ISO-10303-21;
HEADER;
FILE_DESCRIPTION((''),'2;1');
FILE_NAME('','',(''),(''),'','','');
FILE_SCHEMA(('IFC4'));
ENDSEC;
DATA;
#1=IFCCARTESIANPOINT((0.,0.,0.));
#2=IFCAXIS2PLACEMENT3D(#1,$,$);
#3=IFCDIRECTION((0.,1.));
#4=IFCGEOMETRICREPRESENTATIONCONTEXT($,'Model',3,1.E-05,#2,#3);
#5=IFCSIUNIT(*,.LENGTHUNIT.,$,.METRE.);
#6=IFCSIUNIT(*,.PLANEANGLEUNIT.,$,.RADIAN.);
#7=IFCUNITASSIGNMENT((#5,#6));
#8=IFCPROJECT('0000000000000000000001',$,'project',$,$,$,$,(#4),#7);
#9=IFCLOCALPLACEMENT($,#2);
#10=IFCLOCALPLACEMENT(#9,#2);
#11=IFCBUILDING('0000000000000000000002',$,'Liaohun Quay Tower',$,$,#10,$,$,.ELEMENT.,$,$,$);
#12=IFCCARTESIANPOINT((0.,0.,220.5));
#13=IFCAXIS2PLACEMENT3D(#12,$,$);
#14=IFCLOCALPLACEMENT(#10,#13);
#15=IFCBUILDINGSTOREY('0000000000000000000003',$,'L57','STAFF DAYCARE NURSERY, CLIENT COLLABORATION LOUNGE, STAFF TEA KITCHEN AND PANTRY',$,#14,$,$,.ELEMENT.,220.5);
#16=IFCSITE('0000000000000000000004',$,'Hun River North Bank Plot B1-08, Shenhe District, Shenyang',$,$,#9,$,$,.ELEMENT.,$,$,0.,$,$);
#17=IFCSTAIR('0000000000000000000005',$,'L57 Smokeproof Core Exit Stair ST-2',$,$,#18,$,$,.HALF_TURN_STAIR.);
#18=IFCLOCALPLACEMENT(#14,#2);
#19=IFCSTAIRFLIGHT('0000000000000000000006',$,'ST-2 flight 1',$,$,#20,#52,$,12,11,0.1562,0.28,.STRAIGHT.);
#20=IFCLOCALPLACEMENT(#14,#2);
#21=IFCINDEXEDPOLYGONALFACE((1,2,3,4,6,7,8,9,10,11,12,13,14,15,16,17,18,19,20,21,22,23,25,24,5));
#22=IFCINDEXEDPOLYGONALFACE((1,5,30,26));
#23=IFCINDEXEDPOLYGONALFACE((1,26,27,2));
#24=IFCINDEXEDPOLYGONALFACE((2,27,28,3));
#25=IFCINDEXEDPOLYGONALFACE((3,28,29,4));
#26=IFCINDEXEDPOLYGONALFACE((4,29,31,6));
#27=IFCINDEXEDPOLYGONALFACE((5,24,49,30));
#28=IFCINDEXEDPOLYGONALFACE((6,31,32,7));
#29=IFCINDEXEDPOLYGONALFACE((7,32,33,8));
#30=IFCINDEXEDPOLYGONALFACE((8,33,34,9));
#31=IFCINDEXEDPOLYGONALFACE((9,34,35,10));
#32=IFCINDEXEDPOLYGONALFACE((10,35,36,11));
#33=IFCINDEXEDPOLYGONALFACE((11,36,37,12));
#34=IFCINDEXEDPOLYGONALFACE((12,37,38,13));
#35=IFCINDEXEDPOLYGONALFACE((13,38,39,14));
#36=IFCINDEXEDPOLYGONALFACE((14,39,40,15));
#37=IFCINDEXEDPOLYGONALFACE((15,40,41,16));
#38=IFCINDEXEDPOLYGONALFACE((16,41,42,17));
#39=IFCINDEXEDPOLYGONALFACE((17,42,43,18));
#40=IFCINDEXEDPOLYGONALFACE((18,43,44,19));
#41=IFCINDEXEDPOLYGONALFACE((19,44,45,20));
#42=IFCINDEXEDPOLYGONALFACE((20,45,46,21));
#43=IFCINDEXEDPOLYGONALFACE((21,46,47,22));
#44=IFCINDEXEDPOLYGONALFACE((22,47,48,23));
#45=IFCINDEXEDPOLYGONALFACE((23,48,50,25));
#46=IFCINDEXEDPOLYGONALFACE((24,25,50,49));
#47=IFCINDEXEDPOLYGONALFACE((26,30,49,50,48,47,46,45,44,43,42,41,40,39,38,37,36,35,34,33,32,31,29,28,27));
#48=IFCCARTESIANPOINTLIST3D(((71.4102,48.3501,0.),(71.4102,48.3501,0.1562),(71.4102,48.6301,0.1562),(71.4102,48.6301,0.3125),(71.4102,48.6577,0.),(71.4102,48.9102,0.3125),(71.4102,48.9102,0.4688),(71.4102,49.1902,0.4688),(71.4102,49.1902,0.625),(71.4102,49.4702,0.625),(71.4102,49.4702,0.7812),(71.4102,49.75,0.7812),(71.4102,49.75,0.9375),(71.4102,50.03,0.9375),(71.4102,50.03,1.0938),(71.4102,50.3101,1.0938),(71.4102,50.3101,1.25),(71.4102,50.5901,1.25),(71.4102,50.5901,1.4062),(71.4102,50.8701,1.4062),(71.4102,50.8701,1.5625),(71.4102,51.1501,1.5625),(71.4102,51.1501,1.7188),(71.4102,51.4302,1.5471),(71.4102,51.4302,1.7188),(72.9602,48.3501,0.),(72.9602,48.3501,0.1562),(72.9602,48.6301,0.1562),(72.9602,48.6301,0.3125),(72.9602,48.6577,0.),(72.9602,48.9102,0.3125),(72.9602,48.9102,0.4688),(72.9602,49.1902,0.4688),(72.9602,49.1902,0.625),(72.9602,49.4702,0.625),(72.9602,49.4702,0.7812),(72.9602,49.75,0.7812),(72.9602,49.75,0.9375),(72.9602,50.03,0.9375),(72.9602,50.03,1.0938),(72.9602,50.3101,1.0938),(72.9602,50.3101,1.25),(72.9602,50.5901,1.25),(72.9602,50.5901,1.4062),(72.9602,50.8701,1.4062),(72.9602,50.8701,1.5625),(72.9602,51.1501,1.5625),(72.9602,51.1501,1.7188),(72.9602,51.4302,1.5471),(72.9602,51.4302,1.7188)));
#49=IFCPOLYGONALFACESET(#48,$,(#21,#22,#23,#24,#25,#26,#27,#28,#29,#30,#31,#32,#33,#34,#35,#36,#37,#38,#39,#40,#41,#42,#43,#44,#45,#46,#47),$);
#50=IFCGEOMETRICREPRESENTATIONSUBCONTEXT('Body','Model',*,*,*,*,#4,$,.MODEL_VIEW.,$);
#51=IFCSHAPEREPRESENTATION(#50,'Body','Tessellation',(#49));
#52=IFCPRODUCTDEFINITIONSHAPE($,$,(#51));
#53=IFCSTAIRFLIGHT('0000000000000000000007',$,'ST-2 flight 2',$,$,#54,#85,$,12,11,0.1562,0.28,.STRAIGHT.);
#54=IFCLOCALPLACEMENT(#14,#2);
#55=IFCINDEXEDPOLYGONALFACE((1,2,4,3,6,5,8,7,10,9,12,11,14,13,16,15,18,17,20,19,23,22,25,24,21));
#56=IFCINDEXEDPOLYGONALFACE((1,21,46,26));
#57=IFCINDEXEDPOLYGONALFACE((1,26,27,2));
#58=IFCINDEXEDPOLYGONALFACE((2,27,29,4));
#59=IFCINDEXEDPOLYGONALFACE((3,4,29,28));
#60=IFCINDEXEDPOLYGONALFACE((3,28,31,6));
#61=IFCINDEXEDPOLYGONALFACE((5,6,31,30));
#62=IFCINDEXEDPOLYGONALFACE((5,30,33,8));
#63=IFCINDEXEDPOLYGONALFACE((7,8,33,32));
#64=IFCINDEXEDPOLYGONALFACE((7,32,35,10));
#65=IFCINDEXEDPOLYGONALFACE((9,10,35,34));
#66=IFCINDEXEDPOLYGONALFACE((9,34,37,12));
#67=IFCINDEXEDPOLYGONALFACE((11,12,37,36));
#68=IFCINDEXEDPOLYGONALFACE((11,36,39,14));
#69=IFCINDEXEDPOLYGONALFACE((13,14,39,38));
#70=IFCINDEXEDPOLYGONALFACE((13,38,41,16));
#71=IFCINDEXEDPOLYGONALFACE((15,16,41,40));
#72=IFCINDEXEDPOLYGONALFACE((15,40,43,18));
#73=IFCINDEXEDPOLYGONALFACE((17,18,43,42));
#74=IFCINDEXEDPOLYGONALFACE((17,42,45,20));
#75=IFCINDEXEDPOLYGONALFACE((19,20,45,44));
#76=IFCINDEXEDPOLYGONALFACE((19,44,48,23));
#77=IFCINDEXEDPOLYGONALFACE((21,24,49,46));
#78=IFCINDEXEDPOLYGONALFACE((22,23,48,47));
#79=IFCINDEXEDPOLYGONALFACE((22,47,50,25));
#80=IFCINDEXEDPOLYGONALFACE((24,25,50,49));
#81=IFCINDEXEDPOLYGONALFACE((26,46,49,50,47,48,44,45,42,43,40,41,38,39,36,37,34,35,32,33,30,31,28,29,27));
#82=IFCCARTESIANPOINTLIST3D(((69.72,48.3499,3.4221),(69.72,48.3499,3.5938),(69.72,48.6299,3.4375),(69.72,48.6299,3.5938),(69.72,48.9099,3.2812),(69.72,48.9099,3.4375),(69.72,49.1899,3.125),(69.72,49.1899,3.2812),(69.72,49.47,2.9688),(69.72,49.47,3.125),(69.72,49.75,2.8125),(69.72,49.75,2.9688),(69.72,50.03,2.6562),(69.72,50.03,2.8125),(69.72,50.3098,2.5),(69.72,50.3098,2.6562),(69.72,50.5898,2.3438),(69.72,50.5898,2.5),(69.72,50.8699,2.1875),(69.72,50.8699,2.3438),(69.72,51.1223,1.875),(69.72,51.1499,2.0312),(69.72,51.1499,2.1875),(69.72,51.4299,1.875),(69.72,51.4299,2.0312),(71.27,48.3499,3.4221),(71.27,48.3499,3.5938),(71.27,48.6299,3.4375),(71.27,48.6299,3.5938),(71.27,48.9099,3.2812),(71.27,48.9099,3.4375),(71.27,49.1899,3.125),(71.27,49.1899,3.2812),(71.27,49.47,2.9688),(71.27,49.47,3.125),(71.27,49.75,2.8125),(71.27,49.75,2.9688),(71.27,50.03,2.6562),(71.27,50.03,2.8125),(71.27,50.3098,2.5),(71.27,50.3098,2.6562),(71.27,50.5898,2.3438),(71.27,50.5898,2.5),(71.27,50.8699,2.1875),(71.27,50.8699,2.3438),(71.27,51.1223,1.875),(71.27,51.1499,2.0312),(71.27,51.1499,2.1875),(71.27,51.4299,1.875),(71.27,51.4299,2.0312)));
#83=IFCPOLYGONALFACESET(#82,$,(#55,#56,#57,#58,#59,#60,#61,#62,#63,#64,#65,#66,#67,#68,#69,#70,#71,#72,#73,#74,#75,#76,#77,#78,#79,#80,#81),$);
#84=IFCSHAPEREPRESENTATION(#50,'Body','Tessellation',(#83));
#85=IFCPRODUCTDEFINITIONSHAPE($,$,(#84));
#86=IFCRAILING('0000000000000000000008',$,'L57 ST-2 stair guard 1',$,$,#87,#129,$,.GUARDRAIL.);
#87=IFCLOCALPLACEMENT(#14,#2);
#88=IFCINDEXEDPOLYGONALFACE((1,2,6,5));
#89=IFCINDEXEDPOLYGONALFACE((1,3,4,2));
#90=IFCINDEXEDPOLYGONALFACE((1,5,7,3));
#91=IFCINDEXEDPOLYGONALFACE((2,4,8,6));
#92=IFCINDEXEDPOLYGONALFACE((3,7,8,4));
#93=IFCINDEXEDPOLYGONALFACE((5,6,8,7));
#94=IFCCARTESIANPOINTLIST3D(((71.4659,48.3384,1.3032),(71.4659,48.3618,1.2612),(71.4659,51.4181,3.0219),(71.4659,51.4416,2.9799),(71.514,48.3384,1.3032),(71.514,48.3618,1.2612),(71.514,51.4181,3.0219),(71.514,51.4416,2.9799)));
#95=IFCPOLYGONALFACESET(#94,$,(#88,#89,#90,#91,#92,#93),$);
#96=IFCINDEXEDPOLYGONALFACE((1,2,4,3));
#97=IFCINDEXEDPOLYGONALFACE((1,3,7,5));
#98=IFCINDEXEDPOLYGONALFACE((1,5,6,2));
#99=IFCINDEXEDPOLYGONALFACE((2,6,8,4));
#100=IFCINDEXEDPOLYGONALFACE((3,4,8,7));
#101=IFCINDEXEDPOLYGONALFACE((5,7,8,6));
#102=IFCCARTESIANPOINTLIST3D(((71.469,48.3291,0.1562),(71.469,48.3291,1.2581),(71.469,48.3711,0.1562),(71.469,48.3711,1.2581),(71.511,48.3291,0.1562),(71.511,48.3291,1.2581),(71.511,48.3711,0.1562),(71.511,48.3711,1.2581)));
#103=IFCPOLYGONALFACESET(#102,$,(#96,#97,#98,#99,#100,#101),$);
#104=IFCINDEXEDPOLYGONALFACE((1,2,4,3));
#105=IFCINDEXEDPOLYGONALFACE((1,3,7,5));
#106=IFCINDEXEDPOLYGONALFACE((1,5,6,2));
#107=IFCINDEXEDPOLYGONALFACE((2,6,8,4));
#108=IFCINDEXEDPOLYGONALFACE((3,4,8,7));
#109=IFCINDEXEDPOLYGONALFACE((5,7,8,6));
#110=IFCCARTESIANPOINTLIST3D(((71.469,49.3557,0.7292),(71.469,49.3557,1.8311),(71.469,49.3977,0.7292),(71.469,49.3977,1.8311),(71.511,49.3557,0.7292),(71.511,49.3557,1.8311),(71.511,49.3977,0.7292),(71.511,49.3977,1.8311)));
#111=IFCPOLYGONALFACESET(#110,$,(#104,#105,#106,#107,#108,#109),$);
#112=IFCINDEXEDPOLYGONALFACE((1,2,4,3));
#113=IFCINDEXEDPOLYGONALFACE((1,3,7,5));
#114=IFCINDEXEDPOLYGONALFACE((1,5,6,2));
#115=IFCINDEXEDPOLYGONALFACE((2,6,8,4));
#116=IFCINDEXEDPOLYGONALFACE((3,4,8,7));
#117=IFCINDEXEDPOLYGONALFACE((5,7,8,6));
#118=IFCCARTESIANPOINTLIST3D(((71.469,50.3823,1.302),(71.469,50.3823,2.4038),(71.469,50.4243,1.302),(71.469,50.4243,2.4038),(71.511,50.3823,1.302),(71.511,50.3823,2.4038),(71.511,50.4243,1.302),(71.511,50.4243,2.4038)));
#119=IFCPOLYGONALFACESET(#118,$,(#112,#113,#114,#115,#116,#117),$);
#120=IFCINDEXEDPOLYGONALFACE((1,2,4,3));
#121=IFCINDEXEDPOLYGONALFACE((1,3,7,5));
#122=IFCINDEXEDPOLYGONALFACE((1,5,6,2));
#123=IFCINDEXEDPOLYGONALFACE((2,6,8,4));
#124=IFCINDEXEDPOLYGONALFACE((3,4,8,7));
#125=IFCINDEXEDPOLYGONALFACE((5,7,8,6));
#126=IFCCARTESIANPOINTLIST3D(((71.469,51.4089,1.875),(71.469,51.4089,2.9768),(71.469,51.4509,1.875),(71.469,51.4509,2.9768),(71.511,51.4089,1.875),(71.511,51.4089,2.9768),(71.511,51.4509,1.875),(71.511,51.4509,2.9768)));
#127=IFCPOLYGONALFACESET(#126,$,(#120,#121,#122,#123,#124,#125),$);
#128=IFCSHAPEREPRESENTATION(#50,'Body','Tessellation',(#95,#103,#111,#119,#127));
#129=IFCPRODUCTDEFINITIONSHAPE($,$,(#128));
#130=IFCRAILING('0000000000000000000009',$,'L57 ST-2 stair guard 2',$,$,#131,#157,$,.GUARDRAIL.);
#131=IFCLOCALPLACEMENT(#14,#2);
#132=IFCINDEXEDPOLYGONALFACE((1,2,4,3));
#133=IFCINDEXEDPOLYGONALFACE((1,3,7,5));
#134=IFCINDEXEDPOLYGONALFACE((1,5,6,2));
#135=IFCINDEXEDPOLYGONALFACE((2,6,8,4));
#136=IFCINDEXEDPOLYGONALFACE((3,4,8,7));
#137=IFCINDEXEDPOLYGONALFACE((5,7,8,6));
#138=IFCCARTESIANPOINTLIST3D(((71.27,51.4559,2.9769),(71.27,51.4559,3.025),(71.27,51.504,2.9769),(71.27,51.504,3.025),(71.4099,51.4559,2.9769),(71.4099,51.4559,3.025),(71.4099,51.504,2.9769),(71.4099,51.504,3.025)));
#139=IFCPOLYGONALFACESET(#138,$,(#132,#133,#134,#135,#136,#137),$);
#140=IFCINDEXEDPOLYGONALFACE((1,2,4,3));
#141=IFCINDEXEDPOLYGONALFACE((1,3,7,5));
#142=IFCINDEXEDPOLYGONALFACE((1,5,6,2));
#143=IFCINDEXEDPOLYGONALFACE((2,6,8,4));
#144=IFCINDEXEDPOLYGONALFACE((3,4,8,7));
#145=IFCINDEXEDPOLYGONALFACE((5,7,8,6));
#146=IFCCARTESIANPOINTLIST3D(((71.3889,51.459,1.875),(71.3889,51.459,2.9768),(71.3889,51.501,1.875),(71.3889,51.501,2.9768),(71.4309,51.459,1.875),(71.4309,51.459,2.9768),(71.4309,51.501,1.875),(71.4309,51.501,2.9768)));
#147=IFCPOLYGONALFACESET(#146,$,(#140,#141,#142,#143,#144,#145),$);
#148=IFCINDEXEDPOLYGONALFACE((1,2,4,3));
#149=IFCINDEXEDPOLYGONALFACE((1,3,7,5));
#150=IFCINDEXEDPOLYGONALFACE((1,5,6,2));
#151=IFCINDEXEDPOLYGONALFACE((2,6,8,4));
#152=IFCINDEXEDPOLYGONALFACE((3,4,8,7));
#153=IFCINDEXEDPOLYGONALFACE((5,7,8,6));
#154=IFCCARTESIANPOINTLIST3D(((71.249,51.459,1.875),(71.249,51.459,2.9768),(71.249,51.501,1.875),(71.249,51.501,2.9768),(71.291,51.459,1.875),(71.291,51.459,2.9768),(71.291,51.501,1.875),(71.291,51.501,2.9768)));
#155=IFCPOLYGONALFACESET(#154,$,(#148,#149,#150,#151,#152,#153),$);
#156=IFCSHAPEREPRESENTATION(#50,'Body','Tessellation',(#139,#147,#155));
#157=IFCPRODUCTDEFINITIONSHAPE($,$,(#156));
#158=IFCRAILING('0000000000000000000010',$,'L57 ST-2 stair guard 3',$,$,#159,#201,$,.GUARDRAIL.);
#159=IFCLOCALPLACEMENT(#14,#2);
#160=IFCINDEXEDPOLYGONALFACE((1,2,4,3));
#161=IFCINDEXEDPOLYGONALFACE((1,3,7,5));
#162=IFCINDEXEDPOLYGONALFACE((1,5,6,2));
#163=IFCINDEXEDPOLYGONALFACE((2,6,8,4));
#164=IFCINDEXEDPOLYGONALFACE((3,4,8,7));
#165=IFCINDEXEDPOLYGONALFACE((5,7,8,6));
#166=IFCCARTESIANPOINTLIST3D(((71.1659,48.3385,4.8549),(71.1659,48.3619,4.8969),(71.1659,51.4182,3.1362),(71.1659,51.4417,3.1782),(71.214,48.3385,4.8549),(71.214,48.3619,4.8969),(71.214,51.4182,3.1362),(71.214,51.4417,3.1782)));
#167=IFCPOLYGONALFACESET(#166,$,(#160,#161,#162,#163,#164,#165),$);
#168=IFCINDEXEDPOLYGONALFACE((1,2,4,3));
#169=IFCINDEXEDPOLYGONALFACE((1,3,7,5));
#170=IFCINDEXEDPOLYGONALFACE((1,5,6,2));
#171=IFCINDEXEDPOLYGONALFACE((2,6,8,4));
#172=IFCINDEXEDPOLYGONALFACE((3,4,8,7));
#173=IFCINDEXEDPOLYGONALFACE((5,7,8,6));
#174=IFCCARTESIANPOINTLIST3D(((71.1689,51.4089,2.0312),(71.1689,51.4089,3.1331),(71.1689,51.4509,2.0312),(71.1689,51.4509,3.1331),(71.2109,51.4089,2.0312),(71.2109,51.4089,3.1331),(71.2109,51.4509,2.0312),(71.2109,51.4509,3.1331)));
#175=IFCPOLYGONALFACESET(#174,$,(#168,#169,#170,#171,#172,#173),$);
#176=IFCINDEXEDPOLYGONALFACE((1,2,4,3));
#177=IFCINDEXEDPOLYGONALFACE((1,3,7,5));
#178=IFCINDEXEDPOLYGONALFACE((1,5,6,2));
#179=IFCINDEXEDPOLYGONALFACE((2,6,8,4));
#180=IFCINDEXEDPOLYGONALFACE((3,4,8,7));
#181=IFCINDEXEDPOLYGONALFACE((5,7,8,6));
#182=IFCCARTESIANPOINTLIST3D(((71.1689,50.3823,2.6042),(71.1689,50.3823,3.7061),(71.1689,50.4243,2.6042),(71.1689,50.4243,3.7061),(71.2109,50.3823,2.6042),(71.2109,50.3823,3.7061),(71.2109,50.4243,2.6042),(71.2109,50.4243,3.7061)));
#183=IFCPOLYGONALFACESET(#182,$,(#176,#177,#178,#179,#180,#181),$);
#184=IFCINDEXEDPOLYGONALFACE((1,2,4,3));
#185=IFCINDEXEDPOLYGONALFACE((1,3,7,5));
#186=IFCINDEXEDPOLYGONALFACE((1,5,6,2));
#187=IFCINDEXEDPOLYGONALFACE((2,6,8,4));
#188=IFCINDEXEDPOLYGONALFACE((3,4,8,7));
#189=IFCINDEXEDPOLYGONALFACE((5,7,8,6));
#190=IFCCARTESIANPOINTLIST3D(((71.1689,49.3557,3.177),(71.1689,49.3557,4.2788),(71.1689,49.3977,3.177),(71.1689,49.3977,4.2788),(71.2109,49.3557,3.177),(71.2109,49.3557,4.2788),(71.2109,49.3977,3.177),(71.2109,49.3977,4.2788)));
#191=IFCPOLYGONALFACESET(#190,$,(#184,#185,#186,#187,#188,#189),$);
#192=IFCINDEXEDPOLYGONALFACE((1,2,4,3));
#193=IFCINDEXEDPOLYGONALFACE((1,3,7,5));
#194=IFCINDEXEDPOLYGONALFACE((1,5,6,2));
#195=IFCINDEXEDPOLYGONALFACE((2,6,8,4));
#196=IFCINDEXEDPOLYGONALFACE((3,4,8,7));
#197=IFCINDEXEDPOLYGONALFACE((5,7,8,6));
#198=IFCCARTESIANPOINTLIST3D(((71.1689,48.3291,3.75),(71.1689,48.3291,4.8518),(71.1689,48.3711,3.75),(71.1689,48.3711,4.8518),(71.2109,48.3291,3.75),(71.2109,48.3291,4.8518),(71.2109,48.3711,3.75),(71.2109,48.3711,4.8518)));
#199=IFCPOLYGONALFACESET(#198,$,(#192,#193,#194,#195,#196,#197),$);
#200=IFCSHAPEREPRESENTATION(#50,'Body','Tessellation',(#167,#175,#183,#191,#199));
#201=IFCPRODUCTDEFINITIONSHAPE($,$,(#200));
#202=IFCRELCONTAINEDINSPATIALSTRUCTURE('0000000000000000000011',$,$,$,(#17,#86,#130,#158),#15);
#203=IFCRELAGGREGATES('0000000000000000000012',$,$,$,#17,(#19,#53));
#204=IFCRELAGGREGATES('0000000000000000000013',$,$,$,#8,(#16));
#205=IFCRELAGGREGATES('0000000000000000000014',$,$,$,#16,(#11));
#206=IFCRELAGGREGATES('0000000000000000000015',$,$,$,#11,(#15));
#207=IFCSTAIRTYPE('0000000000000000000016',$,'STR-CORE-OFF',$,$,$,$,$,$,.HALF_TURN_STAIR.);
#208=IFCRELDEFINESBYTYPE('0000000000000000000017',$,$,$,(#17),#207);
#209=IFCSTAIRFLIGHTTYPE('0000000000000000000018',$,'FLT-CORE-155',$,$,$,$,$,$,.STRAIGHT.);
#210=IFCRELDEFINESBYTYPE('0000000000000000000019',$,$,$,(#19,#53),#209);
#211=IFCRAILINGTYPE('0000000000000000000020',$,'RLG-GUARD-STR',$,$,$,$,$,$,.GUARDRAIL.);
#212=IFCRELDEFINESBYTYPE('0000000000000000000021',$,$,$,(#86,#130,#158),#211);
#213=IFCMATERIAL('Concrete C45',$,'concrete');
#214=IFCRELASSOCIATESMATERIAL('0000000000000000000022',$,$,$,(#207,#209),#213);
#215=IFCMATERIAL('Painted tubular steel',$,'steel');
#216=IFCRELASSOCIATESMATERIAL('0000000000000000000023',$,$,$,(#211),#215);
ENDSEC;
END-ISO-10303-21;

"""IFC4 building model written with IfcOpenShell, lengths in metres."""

from ifc_helpers import new_model, si_unit, direction, frame, origin, origin_2d, place, context, subcontext, project, spatial, polyline, rectangle, outline, extrude, material, type_object, element, aggregate, save


model = new_model("IFC4")

# Units and contexts
model_context = context("Model", 3, precision=1e-05, world=origin(), true_north=direction((0.0, 1.0)))
body_context = subcontext(model_context, "Body", "Model", "MODEL_VIEW")
ifc_project = project(units=[si_unit("LENGTHUNIT", "METRE"), si_unit("PLANEANGLEUNIT", "RADIAN")], contexts=[model_context])

# Site, building, storey
site_placement = place(None, origin())
site = spatial("IfcSite", under=ifc_project, at=site_placement, Name="Hun River North Bank Plot B1-08, Shenhe District, Shenyang", CompositionType="ELEMENT", RefElevation=0.0)
building_placement = place(site_placement, origin())
building = spatial("IfcBuilding", under=site, at=building_placement, Name="Liaohun Quay Tower", CompositionType="ELEMENT")
storey_placement = place(building_placement, frame((0.0, 0.0, 220.5)))
storey = spatial("IfcBuildingStorey", under=building, at=storey_placement, Name="L57", Description="STAFF DAYCARE NURSERY, CLIENT COLLABORATION LOUNGE, STAFF TEA KITCHEN AND PANTRY", CompositionType="ELEMENT", Elevation=220.5)

# Stair, stair flights
ifc_material_1 = material(Name="Concrete C45", Category="concrete")
stair_type = type_object("IfcStairType", Name="STR-CORE-OFF", PredefinedType="HALF_TURN_STAIR", material=ifc_material_1)
stair_placement = place(storey_placement, origin())
stair = element("IfcStair", 1, at=stair_placement, inside=storey, type_object=stair_type, Name="L57 Smokeproof Core Exit Stair ST-2", PredefinedType="HALF_TURN_STAIR")
stair_flight_type = type_object("IfcStairFlightType", Name="FLT-CORE-155", PredefinedType="STRAIGHT", material=ifc_material_1)
stair_flight_1_placement = place(storey_placement, frame((72.1851, 48.3501, 0.0), z_axis=(0.0, 0.0, 1.0), x_axis=(0.0, 1.0, 0.0)))
stair_flight_1 = element("IfcStairFlight", 2, at=stair_flight_1_placement, type_object=stair_flight_type, Name="ST-2 flight 1", NumberOfRisers=12, NumberOfTreads=11, PredefinedType="STRAIGHT", RiserHeight=0.1562, TreadLength=0.28, context=body_context, shape_type="SweptSolid", body=[
    extrude(outline(polyline([(0.0, 0.0), (0.0, 0.1562), (0.28, 0.1562), (0.28, 0.3125), (0.5601, 0.3125), (0.5601, 0.4688), (0.8401, 0.4688), (0.8401, 0.625), (1.1201, 0.625), (1.1201, 0.7812), (1.3999, 0.7812), (1.3999, 0.9375), (1.6799, 0.9375), (1.6799, 1.0938), (1.96, 1.0938), (1.96, 1.25), (2.24, 1.25), (2.24, 1.4062), (2.52, 1.4062), (2.52, 1.5625), (2.8, 1.5625), (2.8, 1.7188), (3.0801, 1.7188), (3.0801, 1.875), (3.0801, 1.5471), (0.3076, 0.0), (0.0, 0.0)])), frame((0.0, 0.7749, 0.0), z_axis=(0.0, -1.0, 0.0), x_axis=(1.0, 0.0, 0.0)), (0.0, 0.0, 1.0), 1.55),
])
stair_flight_2_placement = place(storey_placement, frame((70.4951, 51.4299, 1.875), z_axis=(0.0, 0.0, 1.0), x_axis=(0.0, -1.0, 0.0)))
stair_flight_2 = element("IfcStairFlight", 3, at=stair_flight_2_placement, type_object=stair_flight_type, Name="ST-2 flight 2", NumberOfRisers=12, NumberOfTreads=11, PredefinedType="STRAIGHT", RiserHeight=0.1562, TreadLength=0.28, context=body_context, shape_type="SweptSolid", body=[
    extrude(outline(polyline([(0.0, 0.0), (0.0, 0.1562), (0.28, 0.1562), (0.28, 0.3125), (0.5601, 0.3125), (0.5601, 0.4688), (0.8401, 0.4688), (0.8401, 0.625), (1.1201, 0.625), (1.1201, 0.7812), (1.3999, 0.7812), (1.3999, 0.9375), (1.6799, 0.9375), (1.6799, 1.0938), (1.96, 1.0938), (1.96, 1.25), (2.24, 1.25), (2.24, 1.4062), (2.52, 1.4062), (2.52, 1.5625), (2.8, 1.5625), (2.8, 1.7188), (3.0801, 1.7188), (3.0801, 1.875), (3.0801, 1.5471), (0.3076, 0.0), (0.0, 0.0)])), frame((0.0, 0.7749, 0.0), z_axis=(0.0, -1.0, 0.0), x_axis=(1.0, 0.0, 0.0)), (0.0, 0.0, 1.0), 1.55),
])
aggregate(stair, [stair_flight_1, stair_flight_2])

# Railings
ifc_material_2 = material(Name="Painted tubular steel", Category="steel")
railing_type_1 = type_object("IfcRailingType", Name="RLG-GUARD-STR", PredefinedType="GUARDRAIL", material=ifc_material_2)
railing_1_placement = place(storey_placement, frame((71.49, 48.3501, 0.1562)))
element("IfcRailing", 4, at=railing_1_placement, inside=storey, type_object=railing_type_1, Name="L57 ST-2 stair guard 1", PredefinedType="GUARDRAIL", context=body_context, shape_type="SweptSolid", body=[
    extrude(rectangle(XDim=0.0481, YDim=0.0481, at=origin_2d()), frame((0.0, 0.0, 1.126), z_axis=(0.0, 0.873225, 0.487317), x_axis=(-1.0, 0.0, 0.0)), (0.0, 0.0, 1.0), 3.5269),
    extrude(rectangle(XDim=0.042, YDim=0.042, at=origin_2d()), origin(), (0.0, 0.0, 1.0), 1.1018),
    extrude(rectangle(XDim=0.042, YDim=0.042, at=origin_2d()), frame((0.0, 1.0266, 0.573)), (0.0, 0.0, 1.0), 1.1018),
    extrude(rectangle(XDim=0.042, YDim=0.042, at=origin_2d()), frame((0.0, 2.0532, 1.1458)), (0.0, 0.0, 1.0), 1.1018),
    extrude(rectangle(XDim=0.042, YDim=0.042, at=origin_2d()), frame((0.0, 3.0798, 1.7188)), (0.0, 0.0, 1.0), 1.1018),
])
railing_2_placement = place(storey_placement, frame((71.4099, 51.48, 1.875)))
element("IfcRailing", 5, at=railing_2_placement, inside=storey, type_object=railing_type_1, Name="L57 ST-2 stair guard 2", PredefinedType="GUARDRAIL", context=body_context, shape_type="SweptSolid", body=[
    extrude(rectangle(XDim=0.0481, YDim=0.0481, at=origin_2d()), frame((0.0, 0.0, 1.126), z_axis=(-1.0, 0.0, 0.0), x_axis=(0.0, -1.0, 0.0)), (0.0, 0.0, 1.0), 0.1399),
    extrude(rectangle(XDim=0.042, YDim=0.042, at=origin_2d()), origin(), (0.0, 0.0, 1.0), 1.1018),
    extrude(rectangle(XDim=0.042, YDim=0.042, at=origin_2d()), frame((-0.1399, 0.0, 0.0)), (0.0, 0.0, 1.0), 1.1018),
])
railing_3_placement = place(storey_placement, frame((71.1899, 51.4299, 2.0312)))
element("IfcRailing", 6, at=railing_3_placement, inside=storey, type_object=railing_type_1, Name="L57 ST-2 stair guard 3", PredefinedType="GUARDRAIL", context=body_context, shape_type="SweptSolid", body=[
    extrude(rectangle(XDim=0.0481, YDim=0.0481, at=origin_2d()), frame((0.0, 0.0, 1.126), z_axis=(0.0, -0.873225, 0.487317), x_axis=(1.0, 0.0, 0.0)), (0.0, 0.0, 1.0), 3.5269),
    extrude(rectangle(XDim=0.042, YDim=0.042, at=origin_2d()), origin(), (0.0, 0.0, 1.0), 1.1018),
    extrude(rectangle(XDim=0.042, YDim=0.042, at=origin_2d()), frame((0.0, -1.0266, 0.573)), (0.0, 0.0, 1.0), 1.1018),
    extrude(rectangle(XDim=0.042, YDim=0.042, at=origin_2d()), frame((0.0, -2.0532, 1.1458)), (0.0, 0.0, 1.0), 1.1018),
    extrude(rectangle(XDim=0.042, YDim=0.042, at=origin_2d()), frame((0.0, -3.0798, 1.7188)), (0.0, 0.0, 1.0), 1.1018),
])

save(model, "model.ifc")
